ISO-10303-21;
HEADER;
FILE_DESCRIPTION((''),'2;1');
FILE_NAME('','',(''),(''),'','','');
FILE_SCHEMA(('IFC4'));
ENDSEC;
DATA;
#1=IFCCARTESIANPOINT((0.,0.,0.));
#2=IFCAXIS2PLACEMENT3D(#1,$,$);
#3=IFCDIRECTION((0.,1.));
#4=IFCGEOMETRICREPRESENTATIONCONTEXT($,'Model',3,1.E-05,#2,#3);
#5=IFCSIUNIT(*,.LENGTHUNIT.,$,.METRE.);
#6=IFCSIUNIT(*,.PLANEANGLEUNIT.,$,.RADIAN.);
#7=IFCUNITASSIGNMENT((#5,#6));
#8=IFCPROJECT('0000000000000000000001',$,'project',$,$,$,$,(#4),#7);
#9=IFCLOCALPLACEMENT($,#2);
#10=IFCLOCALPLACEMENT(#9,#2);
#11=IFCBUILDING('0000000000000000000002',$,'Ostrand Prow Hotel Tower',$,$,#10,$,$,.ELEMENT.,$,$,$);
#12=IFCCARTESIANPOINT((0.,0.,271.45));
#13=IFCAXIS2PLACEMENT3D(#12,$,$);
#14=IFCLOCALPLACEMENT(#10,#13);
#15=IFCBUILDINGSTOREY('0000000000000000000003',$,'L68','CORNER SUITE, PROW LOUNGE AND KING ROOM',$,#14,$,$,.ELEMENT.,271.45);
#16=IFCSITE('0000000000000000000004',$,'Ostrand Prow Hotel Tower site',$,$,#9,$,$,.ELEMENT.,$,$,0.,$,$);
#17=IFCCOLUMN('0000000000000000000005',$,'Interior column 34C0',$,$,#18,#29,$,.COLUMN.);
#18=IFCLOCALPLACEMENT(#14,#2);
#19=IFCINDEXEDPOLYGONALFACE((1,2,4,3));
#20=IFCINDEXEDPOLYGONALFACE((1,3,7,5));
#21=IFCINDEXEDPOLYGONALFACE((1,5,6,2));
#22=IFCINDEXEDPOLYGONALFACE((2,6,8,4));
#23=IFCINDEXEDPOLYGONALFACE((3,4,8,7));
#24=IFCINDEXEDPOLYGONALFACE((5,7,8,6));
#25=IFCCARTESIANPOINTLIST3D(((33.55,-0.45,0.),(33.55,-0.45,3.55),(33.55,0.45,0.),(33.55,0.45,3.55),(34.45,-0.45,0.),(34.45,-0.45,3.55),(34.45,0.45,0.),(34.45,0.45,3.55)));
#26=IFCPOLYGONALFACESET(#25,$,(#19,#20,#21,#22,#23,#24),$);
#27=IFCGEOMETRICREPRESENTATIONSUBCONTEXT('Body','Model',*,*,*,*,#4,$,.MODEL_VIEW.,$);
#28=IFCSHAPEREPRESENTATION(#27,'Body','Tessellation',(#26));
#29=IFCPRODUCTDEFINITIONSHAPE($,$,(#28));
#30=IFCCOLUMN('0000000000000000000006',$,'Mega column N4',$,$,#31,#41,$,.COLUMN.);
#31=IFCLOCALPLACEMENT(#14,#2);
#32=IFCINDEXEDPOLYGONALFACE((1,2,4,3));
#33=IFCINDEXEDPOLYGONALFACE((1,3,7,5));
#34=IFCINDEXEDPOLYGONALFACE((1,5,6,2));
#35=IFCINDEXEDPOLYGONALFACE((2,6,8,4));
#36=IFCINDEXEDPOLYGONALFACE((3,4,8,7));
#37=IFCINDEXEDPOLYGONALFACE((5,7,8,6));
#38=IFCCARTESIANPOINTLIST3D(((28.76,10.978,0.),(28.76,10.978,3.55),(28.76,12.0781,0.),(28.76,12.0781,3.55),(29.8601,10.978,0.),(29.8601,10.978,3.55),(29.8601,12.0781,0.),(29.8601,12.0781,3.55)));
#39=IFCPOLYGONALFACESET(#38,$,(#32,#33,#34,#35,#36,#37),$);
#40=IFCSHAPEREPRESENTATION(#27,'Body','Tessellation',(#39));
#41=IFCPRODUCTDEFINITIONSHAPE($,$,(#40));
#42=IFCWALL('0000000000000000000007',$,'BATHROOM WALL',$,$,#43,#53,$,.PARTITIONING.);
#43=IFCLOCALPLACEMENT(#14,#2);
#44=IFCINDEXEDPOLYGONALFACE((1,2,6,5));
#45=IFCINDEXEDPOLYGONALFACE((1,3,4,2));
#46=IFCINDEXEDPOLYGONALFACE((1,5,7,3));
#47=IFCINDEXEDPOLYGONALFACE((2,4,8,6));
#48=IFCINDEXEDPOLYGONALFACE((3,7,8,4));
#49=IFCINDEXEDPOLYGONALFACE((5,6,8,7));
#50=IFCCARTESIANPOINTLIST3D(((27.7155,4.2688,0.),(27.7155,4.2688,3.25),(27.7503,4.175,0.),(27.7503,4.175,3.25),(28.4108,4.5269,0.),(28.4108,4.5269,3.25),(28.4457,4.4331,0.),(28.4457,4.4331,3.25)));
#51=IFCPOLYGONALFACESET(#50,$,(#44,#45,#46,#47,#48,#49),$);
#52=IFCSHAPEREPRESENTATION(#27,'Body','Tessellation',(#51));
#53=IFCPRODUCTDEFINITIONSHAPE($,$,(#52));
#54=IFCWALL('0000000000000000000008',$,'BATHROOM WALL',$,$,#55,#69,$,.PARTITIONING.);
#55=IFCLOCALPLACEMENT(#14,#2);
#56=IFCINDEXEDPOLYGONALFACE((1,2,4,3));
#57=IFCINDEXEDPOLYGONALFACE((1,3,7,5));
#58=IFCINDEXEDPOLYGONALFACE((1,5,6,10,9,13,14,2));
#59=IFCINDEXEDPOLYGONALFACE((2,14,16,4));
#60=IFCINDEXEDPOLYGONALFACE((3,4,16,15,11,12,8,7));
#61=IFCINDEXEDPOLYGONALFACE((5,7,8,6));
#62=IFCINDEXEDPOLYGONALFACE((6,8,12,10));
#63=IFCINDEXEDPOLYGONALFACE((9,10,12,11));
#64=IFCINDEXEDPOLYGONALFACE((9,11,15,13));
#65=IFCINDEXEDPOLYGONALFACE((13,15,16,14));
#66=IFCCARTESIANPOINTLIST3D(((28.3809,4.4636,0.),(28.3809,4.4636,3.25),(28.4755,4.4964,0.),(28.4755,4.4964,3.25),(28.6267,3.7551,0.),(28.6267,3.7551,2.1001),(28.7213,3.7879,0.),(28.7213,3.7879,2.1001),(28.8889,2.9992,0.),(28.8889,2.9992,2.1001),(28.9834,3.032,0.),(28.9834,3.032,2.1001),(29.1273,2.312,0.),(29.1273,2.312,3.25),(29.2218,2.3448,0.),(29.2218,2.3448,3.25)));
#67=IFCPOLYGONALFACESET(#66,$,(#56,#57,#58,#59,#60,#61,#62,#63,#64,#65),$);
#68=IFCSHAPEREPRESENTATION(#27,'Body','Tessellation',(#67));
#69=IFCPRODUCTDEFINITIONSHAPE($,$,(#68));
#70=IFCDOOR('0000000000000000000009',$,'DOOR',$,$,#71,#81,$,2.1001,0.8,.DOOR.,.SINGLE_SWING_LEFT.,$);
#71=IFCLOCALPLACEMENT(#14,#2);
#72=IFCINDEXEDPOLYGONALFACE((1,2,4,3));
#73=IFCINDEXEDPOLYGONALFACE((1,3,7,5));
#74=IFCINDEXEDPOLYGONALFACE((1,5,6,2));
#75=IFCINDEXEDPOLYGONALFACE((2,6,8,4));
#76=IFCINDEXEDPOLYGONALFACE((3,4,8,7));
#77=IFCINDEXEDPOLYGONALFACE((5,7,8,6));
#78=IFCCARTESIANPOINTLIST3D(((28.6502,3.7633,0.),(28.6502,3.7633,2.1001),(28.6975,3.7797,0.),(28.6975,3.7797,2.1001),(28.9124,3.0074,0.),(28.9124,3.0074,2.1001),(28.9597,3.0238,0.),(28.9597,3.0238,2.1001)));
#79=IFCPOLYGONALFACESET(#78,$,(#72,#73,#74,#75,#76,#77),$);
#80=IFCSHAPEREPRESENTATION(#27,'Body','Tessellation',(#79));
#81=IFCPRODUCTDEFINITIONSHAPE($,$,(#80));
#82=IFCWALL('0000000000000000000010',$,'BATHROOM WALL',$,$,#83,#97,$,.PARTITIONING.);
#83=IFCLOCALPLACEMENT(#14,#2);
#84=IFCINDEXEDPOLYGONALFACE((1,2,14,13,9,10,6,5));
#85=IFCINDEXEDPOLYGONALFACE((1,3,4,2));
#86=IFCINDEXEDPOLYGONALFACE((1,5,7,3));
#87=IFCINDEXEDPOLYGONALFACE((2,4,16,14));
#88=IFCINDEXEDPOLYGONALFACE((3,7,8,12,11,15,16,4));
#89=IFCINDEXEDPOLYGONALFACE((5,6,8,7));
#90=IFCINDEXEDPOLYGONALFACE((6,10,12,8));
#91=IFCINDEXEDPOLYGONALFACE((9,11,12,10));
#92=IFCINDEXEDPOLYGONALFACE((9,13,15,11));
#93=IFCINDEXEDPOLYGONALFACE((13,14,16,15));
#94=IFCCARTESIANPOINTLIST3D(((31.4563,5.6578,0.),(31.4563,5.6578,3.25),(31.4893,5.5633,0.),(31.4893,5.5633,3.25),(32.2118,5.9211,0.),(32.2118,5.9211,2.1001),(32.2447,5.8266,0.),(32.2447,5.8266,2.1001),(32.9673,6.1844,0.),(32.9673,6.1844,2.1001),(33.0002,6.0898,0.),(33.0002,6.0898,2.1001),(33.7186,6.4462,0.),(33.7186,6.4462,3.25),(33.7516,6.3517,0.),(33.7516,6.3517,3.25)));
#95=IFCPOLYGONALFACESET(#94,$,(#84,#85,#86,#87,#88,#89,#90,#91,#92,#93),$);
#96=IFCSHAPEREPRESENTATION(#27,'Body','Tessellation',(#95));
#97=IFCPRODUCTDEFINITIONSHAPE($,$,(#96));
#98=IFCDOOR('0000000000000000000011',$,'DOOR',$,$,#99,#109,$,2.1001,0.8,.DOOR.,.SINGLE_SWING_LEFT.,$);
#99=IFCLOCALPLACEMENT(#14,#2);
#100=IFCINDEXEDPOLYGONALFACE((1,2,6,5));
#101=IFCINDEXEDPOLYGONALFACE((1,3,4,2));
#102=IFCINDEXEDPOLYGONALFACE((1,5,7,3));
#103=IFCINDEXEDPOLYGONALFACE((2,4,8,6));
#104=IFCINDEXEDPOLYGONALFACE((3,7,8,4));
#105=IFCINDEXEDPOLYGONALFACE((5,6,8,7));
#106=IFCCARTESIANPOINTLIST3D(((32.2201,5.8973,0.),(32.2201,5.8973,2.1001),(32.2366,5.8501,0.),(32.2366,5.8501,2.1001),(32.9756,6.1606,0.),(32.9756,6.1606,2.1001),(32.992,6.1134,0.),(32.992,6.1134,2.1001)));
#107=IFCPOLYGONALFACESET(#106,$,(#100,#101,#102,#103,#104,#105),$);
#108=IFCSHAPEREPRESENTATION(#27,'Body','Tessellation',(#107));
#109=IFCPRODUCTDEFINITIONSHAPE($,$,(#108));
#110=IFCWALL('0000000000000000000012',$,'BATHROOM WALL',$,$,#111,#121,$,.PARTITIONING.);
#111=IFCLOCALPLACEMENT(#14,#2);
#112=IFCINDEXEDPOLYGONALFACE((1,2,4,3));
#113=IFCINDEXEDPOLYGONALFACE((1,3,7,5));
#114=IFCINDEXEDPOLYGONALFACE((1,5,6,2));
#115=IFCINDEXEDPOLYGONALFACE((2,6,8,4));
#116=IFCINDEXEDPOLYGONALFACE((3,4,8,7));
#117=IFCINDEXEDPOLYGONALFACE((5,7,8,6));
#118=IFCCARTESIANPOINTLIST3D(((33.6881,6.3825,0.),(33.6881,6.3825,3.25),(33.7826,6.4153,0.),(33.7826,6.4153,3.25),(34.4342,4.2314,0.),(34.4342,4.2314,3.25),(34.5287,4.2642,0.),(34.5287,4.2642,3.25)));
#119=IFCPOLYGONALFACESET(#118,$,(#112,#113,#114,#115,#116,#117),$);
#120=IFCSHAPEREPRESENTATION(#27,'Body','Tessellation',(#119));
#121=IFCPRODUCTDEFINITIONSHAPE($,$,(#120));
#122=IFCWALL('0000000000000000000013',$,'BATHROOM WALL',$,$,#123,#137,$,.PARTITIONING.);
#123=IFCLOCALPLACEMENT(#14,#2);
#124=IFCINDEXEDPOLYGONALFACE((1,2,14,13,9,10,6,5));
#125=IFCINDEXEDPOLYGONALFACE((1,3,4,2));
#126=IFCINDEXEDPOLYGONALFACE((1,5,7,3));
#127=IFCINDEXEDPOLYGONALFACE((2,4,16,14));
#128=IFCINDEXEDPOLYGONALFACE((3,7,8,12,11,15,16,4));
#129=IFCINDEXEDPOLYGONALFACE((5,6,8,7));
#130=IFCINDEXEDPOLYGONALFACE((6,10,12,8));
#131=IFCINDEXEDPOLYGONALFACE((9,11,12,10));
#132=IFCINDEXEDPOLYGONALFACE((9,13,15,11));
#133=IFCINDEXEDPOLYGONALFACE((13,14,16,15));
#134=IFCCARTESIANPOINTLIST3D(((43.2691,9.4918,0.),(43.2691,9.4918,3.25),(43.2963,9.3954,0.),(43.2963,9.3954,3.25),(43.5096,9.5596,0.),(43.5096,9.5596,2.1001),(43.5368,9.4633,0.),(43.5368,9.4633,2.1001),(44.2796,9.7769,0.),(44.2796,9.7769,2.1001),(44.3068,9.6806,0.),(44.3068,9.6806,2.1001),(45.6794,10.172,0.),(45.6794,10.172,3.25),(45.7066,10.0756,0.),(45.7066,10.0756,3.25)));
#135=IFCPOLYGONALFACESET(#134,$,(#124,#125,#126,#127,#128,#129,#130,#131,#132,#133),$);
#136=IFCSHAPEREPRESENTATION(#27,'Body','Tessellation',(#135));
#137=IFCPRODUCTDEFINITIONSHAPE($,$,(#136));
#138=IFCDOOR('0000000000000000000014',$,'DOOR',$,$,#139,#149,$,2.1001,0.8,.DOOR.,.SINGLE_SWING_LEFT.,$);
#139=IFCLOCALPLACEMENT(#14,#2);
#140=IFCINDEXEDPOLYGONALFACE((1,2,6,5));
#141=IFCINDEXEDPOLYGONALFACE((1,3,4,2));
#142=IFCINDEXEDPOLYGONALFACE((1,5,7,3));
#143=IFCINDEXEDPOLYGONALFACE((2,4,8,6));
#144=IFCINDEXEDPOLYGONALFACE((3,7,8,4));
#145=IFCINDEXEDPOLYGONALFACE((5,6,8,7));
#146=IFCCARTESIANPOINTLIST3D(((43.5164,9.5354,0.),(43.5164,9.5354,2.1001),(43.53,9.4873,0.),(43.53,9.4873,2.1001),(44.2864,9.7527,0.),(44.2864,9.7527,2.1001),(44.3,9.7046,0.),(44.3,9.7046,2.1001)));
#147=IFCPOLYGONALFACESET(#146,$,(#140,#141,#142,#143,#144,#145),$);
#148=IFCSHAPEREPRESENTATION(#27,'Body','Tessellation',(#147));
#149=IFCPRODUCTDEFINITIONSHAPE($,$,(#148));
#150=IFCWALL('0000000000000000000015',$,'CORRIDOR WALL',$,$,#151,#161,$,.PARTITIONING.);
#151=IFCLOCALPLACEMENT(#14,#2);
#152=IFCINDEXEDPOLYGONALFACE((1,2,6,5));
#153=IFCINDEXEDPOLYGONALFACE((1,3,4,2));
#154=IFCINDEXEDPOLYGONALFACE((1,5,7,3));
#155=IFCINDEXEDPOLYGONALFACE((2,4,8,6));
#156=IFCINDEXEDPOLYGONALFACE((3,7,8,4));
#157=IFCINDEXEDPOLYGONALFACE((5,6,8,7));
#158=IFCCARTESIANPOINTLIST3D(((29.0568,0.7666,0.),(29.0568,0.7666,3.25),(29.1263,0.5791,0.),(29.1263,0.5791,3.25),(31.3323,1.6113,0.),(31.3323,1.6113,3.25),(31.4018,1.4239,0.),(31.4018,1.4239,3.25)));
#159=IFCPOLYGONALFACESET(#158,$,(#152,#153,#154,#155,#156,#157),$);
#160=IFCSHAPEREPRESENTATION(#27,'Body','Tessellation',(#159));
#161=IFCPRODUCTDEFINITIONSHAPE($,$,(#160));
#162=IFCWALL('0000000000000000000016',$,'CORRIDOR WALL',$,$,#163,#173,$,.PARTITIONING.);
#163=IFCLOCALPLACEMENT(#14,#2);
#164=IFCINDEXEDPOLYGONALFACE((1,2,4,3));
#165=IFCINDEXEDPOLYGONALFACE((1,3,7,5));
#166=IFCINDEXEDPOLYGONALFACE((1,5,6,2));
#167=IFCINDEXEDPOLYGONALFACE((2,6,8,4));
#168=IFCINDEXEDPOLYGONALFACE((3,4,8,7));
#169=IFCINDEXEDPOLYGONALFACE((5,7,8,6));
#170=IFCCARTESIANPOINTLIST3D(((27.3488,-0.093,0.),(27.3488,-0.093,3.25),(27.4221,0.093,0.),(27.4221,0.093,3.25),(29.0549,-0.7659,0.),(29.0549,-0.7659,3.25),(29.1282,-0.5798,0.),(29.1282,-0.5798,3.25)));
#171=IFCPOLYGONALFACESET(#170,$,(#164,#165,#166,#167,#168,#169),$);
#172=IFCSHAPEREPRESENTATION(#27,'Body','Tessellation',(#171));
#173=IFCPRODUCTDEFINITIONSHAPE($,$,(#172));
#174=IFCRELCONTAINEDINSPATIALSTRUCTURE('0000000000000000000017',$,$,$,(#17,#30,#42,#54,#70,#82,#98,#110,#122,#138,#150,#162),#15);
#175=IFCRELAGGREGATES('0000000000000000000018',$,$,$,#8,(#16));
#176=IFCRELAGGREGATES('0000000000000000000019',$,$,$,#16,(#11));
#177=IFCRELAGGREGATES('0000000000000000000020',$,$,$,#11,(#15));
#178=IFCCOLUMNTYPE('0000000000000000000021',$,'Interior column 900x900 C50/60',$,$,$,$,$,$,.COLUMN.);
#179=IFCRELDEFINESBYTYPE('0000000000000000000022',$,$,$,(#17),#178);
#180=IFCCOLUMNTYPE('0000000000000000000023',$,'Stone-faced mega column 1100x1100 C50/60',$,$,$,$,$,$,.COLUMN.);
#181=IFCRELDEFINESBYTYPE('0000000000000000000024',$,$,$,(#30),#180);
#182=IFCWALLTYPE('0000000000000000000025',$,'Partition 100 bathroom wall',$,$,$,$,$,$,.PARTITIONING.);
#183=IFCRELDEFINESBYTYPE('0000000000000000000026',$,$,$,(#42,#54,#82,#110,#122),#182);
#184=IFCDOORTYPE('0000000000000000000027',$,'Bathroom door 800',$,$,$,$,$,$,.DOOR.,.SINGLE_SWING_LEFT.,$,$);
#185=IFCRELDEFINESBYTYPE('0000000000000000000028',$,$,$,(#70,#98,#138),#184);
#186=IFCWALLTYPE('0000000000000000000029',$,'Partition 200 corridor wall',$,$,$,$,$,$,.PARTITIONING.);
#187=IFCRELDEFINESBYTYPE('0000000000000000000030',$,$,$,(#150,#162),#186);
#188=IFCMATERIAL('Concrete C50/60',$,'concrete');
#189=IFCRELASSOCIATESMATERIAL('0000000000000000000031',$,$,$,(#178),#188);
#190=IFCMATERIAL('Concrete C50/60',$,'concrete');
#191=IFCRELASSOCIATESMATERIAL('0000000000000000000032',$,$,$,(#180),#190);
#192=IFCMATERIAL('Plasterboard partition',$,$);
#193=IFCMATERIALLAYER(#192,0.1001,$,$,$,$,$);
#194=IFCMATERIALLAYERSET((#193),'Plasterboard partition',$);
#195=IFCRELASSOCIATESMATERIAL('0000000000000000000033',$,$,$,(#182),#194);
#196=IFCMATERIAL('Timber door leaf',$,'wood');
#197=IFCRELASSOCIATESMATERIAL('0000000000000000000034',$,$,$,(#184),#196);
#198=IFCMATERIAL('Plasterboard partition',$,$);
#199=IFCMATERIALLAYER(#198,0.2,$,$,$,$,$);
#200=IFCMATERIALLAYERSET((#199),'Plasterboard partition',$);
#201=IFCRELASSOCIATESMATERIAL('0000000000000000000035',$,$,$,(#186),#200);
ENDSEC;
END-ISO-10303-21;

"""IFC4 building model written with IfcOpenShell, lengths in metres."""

from ifc_helpers import new_model, si_unit, direction, frame, frame_2d, origin, origin_2d, place, context, subcontext, project, spatial, rectangle, extrude, material, layer, layer_set, material_profile, profile_set, type_object, element, fill, save


model = new_model("IFC4")

# Units and contexts
model_context = context("Model", 3, precision=1e-05, world=origin(), true_north=direction((0.0, 1.0)))
body_context = subcontext(model_context, "Body", "Model", "MODEL_VIEW")
ifc_project = project(units=[si_unit("LENGTHUNIT", "METRE"), si_unit("PLANEANGLEUNIT", "RADIAN")], contexts=[model_context])

# Site, building, storey
site_placement = place(None, origin())
site = spatial("IfcSite", under=ifc_project, at=site_placement, Name="Ostrand Prow Hotel Tower site", CompositionType="ELEMENT", RefElevation=0.0)
building_placement = place(site_placement, origin())
building = spatial("IfcBuilding", under=site, at=building_placement, Name="Ostrand Prow Hotel Tower", CompositionType="ELEMENT")
storey_placement = place(building_placement, frame((0.0, 0.0, 271.45)))
storey = spatial("IfcBuildingStorey", under=building, at=storey_placement, Name="L68", Description="CORNER SUITE, PROW LOUNGE AND KING ROOM", CompositionType="ELEMENT", Elevation=271.45)

# Columns
ifc_material_1 = material(Name="Concrete C50/60", Category="concrete")
ifc_material_profile_1 = material_profile(ifc_material_1, rectangle(XDim=0.8999, YDim=0.8999, at=origin_2d()), Name="RC 900x900")
ifc_profile_set_1 = profile_set([ifc_material_profile_1], Name="Concrete C50/60")
column_type_1 = type_object("IfcColumnType", Name="Interior column 900x900 C50/60", PredefinedType="COLUMN", material=ifc_profile_set_1)
column_1_placement = place(storey_placement, frame((34.0, 0.0, 0.0), z_axis=(0.0, 0.0, 1.0), x_axis=(1.0, 0.0, 0.0)))
element("IfcColumn", 1, at=column_1_placement, inside=storey, type_object=column_type_1, Name="Interior column 34C0", PredefinedType="COLUMN", context=body_context, shape_type="SweptSolid", body=[
    extrude(rectangle(XDim=0.8999, YDim=0.8999, at=origin_2d()), origin(), (0.0, 0.0, 1.0), 3.55),
])
ifc_material_2 = material(Name="Concrete C50/60", Category="concrete")
ifc_material_profile_2 = material_profile(ifc_material_2, rectangle(XDim=1.1001, YDim=1.1001, at=origin_2d()), Name="RC 1100x1100")
ifc_profile_set_2 = profile_set([ifc_material_profile_2], Name="Concrete C50/60")
column_type_2 = type_object("IfcColumnType", Name="Stone-faced mega column 1100x1100 C50/60", PredefinedType="COLUMN", material=ifc_profile_set_2)
column_2_placement = place(storey_placement, frame((29.3101, 11.5281, 0.0), z_axis=(0.0, 0.0, 1.0), x_axis=(1.0, 0.0, 0.0)))
element("IfcColumn", 2, at=column_2_placement, inside=storey, type_object=column_type_2, Name="Mega column N4", PredefinedType="COLUMN", context=body_context, shape_type="SweptSolid", body=[
    extrude(rectangle(XDim=1.1001, YDim=1.1001, at=origin_2d()), origin(), (0.0, 0.0, 1.0), 3.55),
])

# Wall
ifc_material_3 = material(Name="Plasterboard partition")
ifc_layer_1 = layer(ifc_material_3, 0.1001)
ifc_layer_set_1 = layer_set([ifc_layer_1], Name="Plasterboard partition")
wall_type_1 = type_object("IfcWallType", Name="Partition 100 bathroom wall", PredefinedType="PARTITIONING", material=ifc_layer_set_1)
wall_1_placement = place(storey_placement, frame((27.7329, 4.2219, 0.0), z_axis=(0.0, 0.0, 1.0), x_axis=(0.937514, 0.347947, 0.0)))
element("IfcWall", 3, at=wall_1_placement, inside=storey, type_object=wall_type_1, Name="BATHROOM WALL", PredefinedType="PARTITIONING", context=body_context, shape_type="SweptSolid", body=[
    extrude(rectangle(XDim=0.7417, YDim=0.1001, at=frame_2d((0.3708, 0.0))), origin(), (0.0, 0.0, 1.0), 3.25),
])

# Walls, openings, doors
wall_2_placement = place(storey_placement, frame((28.4282, 4.48, 0.0), z_axis=(0.0, 0.0, 1.0), x_axis=(0.327718, -0.944776, 0.0)))
wall_2 = element("IfcWall", 4, at=wall_2_placement, inside=storey, type_object=wall_type_1, Name="BATHROOM WALL", PredefinedType="PARTITIONING", context=body_context, shape_type="SweptSolid", body=[
    extrude(rectangle(XDim=2.2773, YDim=0.1001, at=frame_2d((1.1387, 0.0))), origin(), (0.0, 0.0, 1.0), 3.25),
])
opening_1_placement = place(wall_2_placement, frame((0.75, 0.0, 0.0)))
opening_1 = element("IfcOpeningElement", 5, at=opening_1_placement, cuts=wall_2, PredefinedType="OPENING", context=body_context, shape_type="SweptSolid", body=[
    extrude(rectangle(XDim=0.8, YDim=2.1001, at=frame_2d((0.3999, 1.05))), frame((0.0, 0.0601, 0.0), z_axis=(0.0, -1.0, 0.0), x_axis=(1.0, 0.0, 0.0)), (0.0, 0.0, 1.0), 0.1201),
])
ifc_material_4 = material(Name="Timber door leaf", Category="wood")
door_type_1 = type_object("IfcDoorType", Name="Bathroom door 800", OperationType="SINGLE_SWING_LEFT", PredefinedType="DOOR", material=ifc_material_4)
door_1_placement = place(opening_1_placement, origin())
door_1 = element("IfcDoor", 6, at=door_1_placement, inside=storey, type_object=door_type_1, Name="DOOR", OperationType="SINGLE_SWING_LEFT", OverallHeight=2.1001, OverallWidth=0.8, PredefinedType="DOOR", context=body_context, shape_type="SweptSolid", body=[
    extrude(rectangle(XDim=0.8, YDim=2.1001, at=frame_2d((0.3999, 1.05))), frame((0.0, 0.0249, 0.0), z_axis=(0.0, -1.0, 0.0), x_axis=(1.0, 0.0, 0.0)), (0.0, 0.0, 1.0), 0.05),
])
fill(opening_1, door_1)
wall_3_placement = place(storey_placement, frame((31.4729, 5.6106, 0.0), z_axis=(0.0, 0.0, 1.0), x_axis=(0.944306, 0.32907, 0.0)))
wall_3 = element("IfcWall", 7, at=wall_3_placement, inside=storey, type_object=wall_type_1, Name="BATHROOM WALL", PredefinedType="PARTITIONING", context=body_context, shape_type="SweptSolid", body=[
    extrude(rectangle(XDim=2.3958, YDim=0.1001, at=frame_2d((1.1978, 0.0))), origin(), (0.0, 0.0, 1.0), 3.25),
])
opening_2_placement = place(wall_3_placement, frame((0.8, 0.0, 0.0)))
opening_2 = element("IfcOpeningElement", 8, at=opening_2_placement, cuts=wall_3, PredefinedType="OPENING", context=body_context, shape_type="SweptSolid", body=[
    extrude(rectangle(XDim=0.8, YDim=2.1001, at=frame_2d((0.3999, 1.05))), frame((0.0, 0.0601, 0.0), z_axis=(0.0, -1.0, 0.0), x_axis=(1.0, 0.0, 0.0)), (0.0, 0.0, 1.0), 0.1201),
])
door_2_placement = place(opening_2_placement, origin())
door_2 = element("IfcDoor", 9, at=door_2_placement, inside=storey, type_object=door_type_1, Name="DOOR", OperationType="SINGLE_SWING_LEFT", OverallHeight=2.1001, OverallWidth=0.8, PredefinedType="DOOR", context=body_context, shape_type="SweptSolid", body=[
    extrude(rectangle(XDim=0.8, YDim=2.1001, at=frame_2d((0.3999, 1.05))), frame((0.0, 0.0249, 0.0), z_axis=(0.0, -1.0, 0.0), x_axis=(1.0, 0.0, 0.0)), (0.0, 0.0, 1.0), 0.05),
])
fill(opening_2, door_2)

# Wall
wall_4_placement = place(storey_placement, frame((33.7354, 6.3989, 0.0), z_axis=(0.0, 0.0, 1.0), x_axis=(0.327689, -0.944786, 0.0)))
element("IfcWall", 10, at=wall_4_placement, inside=storey, type_object=wall_type_1, Name="BATHROOM WALL", PredefinedType="PARTITIONING", context=body_context, shape_type="SweptSolid", body=[
    extrude(rectangle(XDim=2.2769, YDim=0.1001, at=frame_2d((1.1384, 0.0))), origin(), (0.0, 0.0, 1.0), 3.25),
])

# Wall, opening, door
wall_5_placement = place(storey_placement, frame((43.2827, 9.4436, 0.0), z_axis=(0.0, 0.0, 1.0), x_axis=(0.962409, 0.271604, 0.0)))
wall_5 = element("IfcWall", 11, at=wall_5_placement, inside=storey, type_object=wall_type_1, Name="BATHROOM WALL", PredefinedType="PARTITIONING", context=body_context, shape_type="SweptSolid", body=[
    extrude(rectangle(XDim=2.5044, YDim=0.1001, at=frame_2d((1.2522, 0.0))), origin(), (0.0, 0.0, 1.0), 3.25),
])
opening_3_placement = place(wall_5_placement, frame((0.25, 0.0, 0.0)))
opening_3 = element("IfcOpeningElement", 12, at=opening_3_placement, cuts=wall_5, PredefinedType="OPENING", context=body_context, shape_type="SweptSolid", body=[
    extrude(rectangle(XDim=0.8, YDim=2.1001, at=frame_2d((0.3999, 1.05))), frame((0.0, 0.0601, 0.0), z_axis=(0.0, -1.0, 0.0), x_axis=(1.0, 0.0, 0.0)), (0.0, 0.0, 1.0), 0.1201),
])
door_3_placement = place(opening_3_placement, origin())
door_3 = element("IfcDoor", 13, at=door_3_placement, inside=storey, type_object=door_type_1, Name="DOOR", OperationType="SINGLE_SWING_LEFT", OverallHeight=2.1001, OverallWidth=0.8, PredefinedType="DOOR", context=body_context, shape_type="SweptSolid", body=[
    extrude(rectangle(XDim=0.8, YDim=2.1001, at=frame_2d((0.3999, 1.05))), frame((0.0, 0.0249, 0.0), z_axis=(0.0, -1.0, 0.0), x_axis=(1.0, 0.0, 0.0)), (0.0, 0.0, 1.0), 0.05),
])
fill(opening_3, door_3)

# Walls
ifc_material_5 = material(Name="Plasterboard partition")
ifc_layer_2 = layer(ifc_material_5, 0.2)
ifc_layer_set_2 = layer_set([ifc_layer_2], Name="Plasterboard partition")
wall_type_2 = type_object("IfcWallType", Name="Partition 200 corridor wall", PredefinedType="PARTITIONING", material=ifc_layer_set_2)
wall_6_placement = place(storey_placement, frame((29.0916, 0.6729, 0.0), z_axis=(0.0, 0.0, 1.0), x_axis=(0.937482, 0.348035, 0.0)))
element("IfcWall", 14, at=wall_6_placement, inside=storey, type_object=wall_type_2, Name="CORRIDOR WALL", PredefinedType="PARTITIONING", context=body_context, shape_type="SweptSolid", body=[
    extrude(rectangle(XDim=2.4272, YDim=0.2, at=frame_2d((1.2136, 0.0))), origin(), (0.0, 0.0, 1.0), 3.25),
])
for number, where, z_axis, x_axis, name in (
    (15, (29.0916, -0.6729, 0.0), (0.0, 0.0, 1.0), (-0.930265, 0.366888, 0.0), "CORRIDOR WALL"),
):
    element("IfcWall", number, at=place(storey_placement, frame(where, z_axis=z_axis, x_axis=x_axis)), inside=storey, type_object=wall_type_2, Name=name, PredefinedType="PARTITIONING", context=body_context, shape_type="SweptSolid", body=[
        extrude(rectangle(XDim=1.834, YDim=0.2, at=frame_2d((0.917, 0.0))), origin(), (0.0, 0.0, 1.0), 3.25),
    ])

save(model, "model.ifc")
